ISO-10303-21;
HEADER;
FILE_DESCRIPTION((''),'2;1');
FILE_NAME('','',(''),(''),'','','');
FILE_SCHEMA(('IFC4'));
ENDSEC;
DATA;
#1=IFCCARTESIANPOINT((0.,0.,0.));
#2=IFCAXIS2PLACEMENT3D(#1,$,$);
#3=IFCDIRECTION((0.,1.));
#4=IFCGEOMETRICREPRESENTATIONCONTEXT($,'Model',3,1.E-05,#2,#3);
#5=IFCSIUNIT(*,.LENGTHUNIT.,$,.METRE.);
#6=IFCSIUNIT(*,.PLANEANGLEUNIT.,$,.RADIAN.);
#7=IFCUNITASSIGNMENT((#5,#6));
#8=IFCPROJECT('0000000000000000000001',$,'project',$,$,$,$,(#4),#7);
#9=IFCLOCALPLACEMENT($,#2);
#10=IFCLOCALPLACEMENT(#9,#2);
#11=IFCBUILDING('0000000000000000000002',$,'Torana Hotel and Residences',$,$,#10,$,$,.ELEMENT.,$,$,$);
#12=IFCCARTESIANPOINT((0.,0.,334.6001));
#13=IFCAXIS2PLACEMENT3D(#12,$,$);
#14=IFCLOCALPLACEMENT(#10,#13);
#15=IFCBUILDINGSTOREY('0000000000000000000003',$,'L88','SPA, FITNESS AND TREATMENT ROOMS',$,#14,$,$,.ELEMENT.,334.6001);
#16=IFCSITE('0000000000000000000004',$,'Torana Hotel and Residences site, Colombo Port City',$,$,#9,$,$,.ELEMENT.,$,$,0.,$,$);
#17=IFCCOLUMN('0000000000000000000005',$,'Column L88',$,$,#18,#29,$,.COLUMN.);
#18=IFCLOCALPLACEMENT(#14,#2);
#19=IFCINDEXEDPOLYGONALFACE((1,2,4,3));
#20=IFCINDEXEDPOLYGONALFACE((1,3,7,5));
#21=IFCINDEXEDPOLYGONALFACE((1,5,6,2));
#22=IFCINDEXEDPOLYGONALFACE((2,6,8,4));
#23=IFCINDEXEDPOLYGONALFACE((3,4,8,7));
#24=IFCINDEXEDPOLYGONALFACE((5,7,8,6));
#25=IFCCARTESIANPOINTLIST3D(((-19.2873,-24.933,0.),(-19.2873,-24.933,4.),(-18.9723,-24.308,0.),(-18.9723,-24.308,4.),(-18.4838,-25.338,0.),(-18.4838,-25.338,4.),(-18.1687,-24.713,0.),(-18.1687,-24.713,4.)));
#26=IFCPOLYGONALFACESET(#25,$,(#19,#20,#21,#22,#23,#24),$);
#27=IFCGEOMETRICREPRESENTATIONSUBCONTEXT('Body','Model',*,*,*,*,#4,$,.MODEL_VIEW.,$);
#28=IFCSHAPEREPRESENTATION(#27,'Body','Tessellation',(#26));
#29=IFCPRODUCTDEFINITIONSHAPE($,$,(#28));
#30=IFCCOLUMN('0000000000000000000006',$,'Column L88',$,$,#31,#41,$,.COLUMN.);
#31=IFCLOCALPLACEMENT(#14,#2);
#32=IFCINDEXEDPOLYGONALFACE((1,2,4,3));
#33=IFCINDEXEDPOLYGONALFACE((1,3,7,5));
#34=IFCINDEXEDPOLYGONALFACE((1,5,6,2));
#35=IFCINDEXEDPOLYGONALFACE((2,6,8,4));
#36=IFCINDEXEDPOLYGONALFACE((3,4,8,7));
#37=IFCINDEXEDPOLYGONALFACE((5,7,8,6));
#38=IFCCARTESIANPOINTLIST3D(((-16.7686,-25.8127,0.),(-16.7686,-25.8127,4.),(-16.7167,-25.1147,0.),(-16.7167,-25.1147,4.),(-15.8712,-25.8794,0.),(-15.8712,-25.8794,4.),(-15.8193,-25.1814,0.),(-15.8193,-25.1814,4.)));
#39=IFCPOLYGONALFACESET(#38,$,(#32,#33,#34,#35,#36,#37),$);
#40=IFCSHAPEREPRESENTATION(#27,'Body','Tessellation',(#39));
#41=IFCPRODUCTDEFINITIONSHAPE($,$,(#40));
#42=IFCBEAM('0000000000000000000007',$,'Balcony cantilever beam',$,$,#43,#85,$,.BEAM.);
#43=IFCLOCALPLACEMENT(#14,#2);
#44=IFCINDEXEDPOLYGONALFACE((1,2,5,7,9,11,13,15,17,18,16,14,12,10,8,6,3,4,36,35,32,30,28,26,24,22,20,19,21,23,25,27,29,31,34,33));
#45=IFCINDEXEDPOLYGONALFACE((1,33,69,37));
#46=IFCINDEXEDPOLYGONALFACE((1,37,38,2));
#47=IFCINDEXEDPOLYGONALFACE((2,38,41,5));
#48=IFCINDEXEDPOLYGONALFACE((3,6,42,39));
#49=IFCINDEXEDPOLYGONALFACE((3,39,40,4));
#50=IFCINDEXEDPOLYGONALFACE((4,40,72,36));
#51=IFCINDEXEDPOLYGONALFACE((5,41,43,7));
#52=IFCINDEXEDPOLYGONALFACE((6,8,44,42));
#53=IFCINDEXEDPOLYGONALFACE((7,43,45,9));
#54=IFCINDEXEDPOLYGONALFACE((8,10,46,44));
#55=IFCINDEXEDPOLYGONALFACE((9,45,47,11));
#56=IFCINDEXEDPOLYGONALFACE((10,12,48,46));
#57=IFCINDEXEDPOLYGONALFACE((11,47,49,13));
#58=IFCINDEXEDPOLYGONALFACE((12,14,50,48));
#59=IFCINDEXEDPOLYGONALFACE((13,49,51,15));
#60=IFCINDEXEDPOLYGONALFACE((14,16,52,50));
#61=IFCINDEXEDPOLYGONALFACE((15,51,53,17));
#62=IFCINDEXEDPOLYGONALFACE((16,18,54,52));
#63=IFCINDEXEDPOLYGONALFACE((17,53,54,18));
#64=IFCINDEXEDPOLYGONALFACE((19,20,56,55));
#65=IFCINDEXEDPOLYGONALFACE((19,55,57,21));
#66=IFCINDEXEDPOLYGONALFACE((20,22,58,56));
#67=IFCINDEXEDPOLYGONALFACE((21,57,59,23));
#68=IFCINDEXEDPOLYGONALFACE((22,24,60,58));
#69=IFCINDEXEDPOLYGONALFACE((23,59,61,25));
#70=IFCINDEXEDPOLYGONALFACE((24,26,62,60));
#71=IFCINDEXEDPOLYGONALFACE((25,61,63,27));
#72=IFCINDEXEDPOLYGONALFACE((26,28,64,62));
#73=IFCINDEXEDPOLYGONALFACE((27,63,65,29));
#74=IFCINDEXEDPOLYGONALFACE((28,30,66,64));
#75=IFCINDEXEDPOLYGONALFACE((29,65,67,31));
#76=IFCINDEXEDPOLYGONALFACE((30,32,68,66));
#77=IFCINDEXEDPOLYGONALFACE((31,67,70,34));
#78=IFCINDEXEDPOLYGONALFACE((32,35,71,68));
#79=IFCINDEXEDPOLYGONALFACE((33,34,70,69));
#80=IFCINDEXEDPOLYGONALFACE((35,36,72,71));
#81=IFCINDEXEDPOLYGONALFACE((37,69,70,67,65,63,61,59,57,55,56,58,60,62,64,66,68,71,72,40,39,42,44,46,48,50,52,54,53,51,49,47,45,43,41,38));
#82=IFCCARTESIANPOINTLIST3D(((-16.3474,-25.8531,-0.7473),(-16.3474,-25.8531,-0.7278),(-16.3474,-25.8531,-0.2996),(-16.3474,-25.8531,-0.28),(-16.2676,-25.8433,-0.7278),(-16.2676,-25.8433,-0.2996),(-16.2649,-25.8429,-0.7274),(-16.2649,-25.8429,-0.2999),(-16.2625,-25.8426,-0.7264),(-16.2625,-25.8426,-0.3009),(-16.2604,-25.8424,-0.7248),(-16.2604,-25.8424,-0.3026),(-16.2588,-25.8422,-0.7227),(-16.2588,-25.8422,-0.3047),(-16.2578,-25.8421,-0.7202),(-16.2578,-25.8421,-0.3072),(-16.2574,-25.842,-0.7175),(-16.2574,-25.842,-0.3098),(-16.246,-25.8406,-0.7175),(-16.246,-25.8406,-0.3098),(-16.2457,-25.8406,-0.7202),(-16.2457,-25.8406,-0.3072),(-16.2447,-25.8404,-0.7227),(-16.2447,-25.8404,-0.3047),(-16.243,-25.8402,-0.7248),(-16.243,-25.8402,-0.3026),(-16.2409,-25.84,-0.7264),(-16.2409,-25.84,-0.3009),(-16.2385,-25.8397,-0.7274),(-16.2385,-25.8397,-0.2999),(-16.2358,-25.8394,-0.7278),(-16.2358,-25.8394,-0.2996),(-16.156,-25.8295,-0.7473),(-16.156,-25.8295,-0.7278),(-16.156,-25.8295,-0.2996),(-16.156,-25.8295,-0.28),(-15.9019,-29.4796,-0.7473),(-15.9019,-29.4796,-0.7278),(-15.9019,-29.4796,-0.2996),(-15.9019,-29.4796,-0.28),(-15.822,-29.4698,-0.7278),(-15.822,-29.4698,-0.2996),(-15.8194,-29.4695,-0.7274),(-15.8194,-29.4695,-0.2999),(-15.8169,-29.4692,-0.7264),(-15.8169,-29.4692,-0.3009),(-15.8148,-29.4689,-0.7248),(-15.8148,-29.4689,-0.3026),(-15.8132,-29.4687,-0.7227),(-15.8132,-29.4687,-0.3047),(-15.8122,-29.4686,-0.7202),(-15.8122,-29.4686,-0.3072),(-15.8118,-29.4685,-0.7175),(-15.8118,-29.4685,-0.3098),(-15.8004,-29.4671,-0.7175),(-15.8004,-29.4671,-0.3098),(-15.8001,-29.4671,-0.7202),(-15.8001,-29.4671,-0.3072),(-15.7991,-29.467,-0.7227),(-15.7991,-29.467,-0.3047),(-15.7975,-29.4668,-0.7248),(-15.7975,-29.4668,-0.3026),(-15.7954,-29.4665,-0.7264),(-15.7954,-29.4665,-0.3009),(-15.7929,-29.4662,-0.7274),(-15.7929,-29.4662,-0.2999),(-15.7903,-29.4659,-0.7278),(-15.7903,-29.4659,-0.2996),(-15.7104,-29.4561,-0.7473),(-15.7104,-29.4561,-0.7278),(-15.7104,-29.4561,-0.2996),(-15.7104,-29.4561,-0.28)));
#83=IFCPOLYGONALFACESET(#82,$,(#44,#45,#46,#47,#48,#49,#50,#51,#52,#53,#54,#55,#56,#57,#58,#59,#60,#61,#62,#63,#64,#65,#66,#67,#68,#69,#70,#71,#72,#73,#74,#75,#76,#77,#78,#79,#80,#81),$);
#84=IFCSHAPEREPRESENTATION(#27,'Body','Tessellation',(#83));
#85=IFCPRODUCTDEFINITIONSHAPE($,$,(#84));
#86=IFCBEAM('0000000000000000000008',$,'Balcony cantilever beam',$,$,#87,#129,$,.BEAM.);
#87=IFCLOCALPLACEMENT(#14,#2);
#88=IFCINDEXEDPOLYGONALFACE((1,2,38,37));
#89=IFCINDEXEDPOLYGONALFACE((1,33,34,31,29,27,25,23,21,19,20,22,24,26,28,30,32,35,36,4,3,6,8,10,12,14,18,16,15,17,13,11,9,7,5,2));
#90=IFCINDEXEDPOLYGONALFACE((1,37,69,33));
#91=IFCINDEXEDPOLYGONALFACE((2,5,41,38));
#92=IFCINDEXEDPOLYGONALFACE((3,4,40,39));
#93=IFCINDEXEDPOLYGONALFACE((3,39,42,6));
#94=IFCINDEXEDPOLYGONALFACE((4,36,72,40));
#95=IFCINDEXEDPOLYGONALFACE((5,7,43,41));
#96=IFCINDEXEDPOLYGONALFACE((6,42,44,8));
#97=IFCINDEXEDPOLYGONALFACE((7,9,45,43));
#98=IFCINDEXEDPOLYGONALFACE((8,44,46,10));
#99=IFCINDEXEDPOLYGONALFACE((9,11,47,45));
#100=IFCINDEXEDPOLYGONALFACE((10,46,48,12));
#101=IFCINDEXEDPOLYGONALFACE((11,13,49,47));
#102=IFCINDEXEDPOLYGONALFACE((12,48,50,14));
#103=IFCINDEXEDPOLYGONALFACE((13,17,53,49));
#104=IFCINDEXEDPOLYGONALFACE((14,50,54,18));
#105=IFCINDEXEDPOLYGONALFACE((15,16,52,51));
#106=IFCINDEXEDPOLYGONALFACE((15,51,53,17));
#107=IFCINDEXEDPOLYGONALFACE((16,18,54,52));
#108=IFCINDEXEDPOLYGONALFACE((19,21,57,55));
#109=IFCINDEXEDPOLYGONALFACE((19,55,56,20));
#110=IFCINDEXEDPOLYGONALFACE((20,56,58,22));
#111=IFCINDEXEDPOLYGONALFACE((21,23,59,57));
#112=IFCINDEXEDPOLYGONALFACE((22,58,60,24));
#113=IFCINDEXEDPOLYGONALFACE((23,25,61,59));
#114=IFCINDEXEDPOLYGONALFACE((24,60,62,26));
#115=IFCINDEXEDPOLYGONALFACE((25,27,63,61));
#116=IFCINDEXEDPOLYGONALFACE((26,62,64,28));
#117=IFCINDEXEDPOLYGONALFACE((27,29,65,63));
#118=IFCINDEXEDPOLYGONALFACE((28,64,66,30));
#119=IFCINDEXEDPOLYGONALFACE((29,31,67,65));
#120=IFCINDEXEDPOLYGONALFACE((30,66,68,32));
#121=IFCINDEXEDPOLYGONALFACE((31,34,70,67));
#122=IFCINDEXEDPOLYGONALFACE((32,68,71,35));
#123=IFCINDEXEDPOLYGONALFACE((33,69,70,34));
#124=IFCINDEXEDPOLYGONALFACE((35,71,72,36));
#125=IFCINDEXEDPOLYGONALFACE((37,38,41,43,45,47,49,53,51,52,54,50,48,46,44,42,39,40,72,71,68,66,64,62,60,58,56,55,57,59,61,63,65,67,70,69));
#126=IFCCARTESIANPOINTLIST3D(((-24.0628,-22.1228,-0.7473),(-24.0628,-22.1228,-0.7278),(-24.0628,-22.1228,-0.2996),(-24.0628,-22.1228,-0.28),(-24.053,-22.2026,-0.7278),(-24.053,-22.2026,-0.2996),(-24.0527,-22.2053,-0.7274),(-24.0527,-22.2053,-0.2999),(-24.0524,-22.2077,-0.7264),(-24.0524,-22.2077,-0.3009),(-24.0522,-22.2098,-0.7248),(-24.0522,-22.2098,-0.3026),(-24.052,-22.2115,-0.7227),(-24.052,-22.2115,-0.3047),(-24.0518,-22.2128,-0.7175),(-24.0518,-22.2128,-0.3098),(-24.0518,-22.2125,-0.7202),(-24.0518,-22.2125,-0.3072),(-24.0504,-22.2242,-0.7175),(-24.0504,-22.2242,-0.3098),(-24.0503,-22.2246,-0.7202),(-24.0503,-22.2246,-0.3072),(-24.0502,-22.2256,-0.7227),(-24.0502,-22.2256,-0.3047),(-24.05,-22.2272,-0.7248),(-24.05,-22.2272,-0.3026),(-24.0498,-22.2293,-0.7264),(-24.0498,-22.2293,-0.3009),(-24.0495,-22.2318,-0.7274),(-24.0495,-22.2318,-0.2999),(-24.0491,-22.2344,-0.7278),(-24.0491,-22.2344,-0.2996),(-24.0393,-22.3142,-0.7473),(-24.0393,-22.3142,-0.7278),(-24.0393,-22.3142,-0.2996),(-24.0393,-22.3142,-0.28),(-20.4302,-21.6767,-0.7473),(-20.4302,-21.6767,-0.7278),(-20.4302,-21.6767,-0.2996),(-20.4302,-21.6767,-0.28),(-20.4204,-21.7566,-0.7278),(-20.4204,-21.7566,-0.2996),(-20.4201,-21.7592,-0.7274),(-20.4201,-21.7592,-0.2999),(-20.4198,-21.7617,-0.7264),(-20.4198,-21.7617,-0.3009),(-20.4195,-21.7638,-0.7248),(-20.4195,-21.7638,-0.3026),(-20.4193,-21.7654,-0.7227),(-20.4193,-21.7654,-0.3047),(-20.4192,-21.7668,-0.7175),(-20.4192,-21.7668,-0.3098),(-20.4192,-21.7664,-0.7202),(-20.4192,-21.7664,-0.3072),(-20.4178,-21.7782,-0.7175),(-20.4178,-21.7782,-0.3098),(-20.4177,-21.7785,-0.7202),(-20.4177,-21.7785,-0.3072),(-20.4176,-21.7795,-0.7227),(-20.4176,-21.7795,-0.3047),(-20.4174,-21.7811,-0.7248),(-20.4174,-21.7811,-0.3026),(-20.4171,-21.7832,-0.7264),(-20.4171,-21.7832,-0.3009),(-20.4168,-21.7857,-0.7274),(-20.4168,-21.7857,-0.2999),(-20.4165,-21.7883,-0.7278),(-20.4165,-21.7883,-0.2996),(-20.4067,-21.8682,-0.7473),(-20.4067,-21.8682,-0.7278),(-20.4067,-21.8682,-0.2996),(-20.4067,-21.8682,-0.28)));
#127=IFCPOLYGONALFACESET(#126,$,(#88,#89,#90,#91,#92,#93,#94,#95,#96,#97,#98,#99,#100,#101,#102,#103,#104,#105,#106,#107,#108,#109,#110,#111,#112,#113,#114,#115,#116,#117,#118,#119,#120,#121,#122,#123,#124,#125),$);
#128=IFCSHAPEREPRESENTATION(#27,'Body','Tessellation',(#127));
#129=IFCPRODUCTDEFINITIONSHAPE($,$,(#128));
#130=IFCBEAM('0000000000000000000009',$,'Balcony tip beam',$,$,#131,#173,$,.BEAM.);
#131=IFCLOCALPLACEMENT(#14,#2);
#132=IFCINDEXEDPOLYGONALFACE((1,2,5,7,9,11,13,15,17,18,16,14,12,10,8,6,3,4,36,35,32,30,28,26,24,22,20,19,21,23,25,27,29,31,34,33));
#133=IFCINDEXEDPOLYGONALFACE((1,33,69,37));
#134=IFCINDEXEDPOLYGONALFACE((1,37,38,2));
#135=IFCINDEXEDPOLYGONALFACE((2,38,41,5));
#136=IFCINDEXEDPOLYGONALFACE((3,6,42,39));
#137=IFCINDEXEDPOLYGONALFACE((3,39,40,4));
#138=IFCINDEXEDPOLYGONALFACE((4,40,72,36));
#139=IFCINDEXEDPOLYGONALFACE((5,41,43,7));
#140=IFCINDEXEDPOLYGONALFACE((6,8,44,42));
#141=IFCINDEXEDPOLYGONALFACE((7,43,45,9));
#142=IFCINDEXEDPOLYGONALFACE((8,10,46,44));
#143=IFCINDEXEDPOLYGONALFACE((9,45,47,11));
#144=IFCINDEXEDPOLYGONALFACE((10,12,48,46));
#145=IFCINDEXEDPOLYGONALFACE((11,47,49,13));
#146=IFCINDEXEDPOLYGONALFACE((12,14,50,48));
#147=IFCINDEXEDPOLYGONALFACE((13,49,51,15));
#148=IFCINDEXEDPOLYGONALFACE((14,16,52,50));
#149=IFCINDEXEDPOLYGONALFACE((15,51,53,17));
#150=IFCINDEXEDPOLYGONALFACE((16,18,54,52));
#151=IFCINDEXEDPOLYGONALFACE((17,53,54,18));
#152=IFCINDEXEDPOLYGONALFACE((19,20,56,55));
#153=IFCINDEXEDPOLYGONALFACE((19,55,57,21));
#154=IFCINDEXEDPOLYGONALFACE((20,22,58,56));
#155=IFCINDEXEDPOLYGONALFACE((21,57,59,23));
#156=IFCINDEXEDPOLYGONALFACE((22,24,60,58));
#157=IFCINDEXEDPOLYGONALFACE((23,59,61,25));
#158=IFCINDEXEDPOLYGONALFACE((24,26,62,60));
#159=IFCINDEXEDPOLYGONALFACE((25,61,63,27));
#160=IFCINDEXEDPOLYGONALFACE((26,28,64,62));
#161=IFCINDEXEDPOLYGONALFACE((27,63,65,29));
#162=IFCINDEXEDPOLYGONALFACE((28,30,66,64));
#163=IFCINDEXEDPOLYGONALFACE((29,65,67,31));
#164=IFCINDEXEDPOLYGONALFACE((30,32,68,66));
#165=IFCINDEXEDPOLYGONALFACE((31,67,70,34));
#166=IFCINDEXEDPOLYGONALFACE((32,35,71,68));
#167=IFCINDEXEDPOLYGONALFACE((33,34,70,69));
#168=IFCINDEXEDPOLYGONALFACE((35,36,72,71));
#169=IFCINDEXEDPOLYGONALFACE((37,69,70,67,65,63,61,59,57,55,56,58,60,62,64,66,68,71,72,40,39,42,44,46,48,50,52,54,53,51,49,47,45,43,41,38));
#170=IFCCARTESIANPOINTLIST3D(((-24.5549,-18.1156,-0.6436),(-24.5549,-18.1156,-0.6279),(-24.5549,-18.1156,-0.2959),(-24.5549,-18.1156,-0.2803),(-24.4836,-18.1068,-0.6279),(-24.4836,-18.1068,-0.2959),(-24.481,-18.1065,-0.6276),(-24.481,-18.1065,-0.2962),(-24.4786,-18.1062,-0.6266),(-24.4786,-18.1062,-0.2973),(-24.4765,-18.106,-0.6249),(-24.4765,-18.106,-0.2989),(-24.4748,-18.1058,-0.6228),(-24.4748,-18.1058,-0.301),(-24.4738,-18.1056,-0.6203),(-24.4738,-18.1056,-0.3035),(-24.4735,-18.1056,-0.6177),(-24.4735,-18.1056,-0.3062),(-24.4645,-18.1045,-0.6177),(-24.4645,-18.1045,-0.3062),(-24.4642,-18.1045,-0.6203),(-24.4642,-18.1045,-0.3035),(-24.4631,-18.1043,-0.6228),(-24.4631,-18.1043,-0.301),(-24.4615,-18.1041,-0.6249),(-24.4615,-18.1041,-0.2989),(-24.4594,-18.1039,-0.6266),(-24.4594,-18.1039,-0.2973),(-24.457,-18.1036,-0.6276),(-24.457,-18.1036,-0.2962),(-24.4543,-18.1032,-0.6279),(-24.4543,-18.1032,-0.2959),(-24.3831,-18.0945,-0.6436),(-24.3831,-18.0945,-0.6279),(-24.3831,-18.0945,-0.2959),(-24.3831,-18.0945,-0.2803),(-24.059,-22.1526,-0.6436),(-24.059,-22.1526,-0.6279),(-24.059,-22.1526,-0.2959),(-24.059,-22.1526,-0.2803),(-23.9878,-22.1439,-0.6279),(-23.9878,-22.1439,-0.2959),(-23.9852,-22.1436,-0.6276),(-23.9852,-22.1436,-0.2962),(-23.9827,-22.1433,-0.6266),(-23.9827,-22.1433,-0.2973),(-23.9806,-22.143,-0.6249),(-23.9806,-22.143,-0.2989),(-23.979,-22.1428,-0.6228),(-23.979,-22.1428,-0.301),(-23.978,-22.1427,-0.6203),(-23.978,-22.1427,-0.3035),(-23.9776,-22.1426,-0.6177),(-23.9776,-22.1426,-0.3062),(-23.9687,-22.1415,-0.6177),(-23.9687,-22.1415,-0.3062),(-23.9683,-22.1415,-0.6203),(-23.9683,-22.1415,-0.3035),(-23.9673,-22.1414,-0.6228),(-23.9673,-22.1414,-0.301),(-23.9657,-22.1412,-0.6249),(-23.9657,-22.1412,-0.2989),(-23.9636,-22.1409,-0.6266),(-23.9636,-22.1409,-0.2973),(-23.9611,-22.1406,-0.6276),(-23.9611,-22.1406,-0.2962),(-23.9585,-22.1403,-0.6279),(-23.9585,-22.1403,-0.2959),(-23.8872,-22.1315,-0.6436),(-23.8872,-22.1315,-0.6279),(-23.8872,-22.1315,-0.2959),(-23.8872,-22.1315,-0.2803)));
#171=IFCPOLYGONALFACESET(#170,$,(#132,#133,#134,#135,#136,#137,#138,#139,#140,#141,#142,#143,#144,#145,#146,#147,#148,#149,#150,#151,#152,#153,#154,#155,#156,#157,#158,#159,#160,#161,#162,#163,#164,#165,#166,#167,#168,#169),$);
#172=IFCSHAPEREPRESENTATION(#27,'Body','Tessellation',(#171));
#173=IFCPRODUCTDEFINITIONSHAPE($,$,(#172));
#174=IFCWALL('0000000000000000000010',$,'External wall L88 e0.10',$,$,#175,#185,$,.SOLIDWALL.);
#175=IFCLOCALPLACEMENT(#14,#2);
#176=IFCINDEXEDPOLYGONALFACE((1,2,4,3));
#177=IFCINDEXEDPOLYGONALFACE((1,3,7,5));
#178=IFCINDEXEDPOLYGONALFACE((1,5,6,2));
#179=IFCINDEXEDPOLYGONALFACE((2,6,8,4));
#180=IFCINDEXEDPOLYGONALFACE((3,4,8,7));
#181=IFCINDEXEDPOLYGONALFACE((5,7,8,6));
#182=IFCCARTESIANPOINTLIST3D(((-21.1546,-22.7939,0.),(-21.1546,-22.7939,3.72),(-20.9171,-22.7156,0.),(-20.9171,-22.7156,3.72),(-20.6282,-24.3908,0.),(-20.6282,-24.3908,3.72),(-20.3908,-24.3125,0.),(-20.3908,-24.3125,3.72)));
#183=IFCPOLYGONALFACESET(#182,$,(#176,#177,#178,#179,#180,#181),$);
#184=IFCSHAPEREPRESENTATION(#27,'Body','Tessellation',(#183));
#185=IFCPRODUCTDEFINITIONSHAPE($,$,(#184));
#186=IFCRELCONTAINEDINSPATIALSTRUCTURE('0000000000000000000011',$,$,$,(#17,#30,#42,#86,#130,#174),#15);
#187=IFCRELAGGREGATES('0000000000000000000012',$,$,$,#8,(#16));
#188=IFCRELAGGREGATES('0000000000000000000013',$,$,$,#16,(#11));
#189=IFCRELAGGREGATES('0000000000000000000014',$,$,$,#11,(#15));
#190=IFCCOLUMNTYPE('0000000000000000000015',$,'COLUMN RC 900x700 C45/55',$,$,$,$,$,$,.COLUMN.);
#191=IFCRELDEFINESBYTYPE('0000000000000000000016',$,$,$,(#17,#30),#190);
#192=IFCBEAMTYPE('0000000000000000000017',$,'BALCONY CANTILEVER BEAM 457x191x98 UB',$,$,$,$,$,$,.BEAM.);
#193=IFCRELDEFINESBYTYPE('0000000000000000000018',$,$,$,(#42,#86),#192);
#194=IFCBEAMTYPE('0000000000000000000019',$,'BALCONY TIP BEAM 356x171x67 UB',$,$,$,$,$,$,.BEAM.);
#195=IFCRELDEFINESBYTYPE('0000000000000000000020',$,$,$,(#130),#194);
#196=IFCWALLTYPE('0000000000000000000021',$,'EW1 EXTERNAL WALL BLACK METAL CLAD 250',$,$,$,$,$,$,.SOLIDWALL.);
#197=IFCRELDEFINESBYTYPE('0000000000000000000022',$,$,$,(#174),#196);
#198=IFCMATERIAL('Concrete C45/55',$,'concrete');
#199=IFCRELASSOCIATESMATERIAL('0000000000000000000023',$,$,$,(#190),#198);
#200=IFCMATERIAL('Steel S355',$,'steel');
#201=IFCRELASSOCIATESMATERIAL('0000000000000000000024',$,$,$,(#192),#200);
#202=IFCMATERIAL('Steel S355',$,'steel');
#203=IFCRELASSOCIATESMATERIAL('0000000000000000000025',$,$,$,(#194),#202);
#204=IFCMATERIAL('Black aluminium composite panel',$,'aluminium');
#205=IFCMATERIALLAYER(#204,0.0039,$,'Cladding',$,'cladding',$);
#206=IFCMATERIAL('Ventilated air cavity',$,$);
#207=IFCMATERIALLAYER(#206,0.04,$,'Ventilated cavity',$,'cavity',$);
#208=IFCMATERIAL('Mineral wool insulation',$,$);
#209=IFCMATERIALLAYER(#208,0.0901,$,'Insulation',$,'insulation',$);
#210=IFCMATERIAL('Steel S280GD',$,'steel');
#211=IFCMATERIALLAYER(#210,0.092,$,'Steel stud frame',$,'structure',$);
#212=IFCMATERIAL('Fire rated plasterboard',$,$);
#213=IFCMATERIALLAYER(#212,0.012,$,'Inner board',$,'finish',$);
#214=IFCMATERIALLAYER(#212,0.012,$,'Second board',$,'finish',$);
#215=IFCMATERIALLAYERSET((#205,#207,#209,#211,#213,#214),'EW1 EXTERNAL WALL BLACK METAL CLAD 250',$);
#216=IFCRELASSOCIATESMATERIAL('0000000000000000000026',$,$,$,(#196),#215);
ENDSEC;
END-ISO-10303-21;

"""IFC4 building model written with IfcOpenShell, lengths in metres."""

from ifc_helpers import new_model, si_unit, direction, frame, frame_2d, origin, origin_2d, place, context, subcontext, project, spatial, rectangle, i_section, extrude, material, layer, layer_set, material_profile, profile_set, type_object, element, save


model = new_model("IFC4")

# Units and contexts
model_context = context("Model", 3, precision=1e-05, world=origin(), true_north=direction((0.0, 1.0)))
body_context = subcontext(model_context, "Body", "Model", "MODEL_VIEW")
ifc_project = project(units=[si_unit("LENGTHUNIT", "METRE"), si_unit("PLANEANGLEUNIT", "RADIAN")], contexts=[model_context])

# Site, building, storey
site_placement = place(None, origin())
site = spatial("IfcSite", under=ifc_project, at=site_placement, Name="Torana Hotel and Residences site, Colombo Port City", CompositionType="ELEMENT", RefElevation=0.0)
building_placement = place(site_placement, origin())
building = spatial("IfcBuilding", under=site, at=building_placement, Name="Torana Hotel and Residences", CompositionType="ELEMENT")
storey_placement = place(building_placement, frame((0.0, 0.0, 334.6001)))
storey = spatial("IfcBuildingStorey", under=building, at=storey_placement, Name="L88", Description="SPA, FITNESS AND TREATMENT ROOMS", CompositionType="ELEMENT", Elevation=334.6001)

# Columns
ifc_material_1 = material(Name="Concrete C45/55", Category="concrete")
ifc_material_profile_1 = material_profile(ifc_material_1, rectangle(XDim=0.8999, YDim=0.7, at=origin_2d()), Name="RC 900x700")
ifc_profile_set_1 = profile_set([ifc_material_profile_1], Name="Concrete C45/55")
column_type = type_object("IfcColumnType", Name="COLUMN RC 900x700 C45/55", PredefinedType="COLUMN", material=ifc_profile_set_1)
for number, where, z_axis, x_axis, name in (
    (1, (-18.728, -24.823, 0.0), (0.0, 0.0, 1.0), (-0.892979, 0.450098, 0.0), "Column L88"),
    (2, (-16.2939, -25.4971, 0.0), (0.0, 0.0, 1.0), (-0.997251, 0.074091, 0.0), "Column L88"),
):
    element("IfcColumn", number, at=place(storey_placement, frame(where, z_axis=z_axis, x_axis=x_axis)), inside=storey, type_object=column_type, Name=name, PredefinedType="COLUMN", context=body_context, shape_type="SweptSolid", body=[
        extrude(rectangle(XDim=0.8999, YDim=0.7, at=origin_2d()), origin(), (0.0, 0.0, 1.0), 4.0),
    ])

# Beams
ifc_material_2 = material(Name="Steel S355", Category="steel")
ifc_material_profile_2 = material_profile(ifc_material_2, i_section(OverallWidth=0.1929, OverallDepth=0.4673, WebThickness=0.0115, FlangeThickness=0.0195, FilletRadius=0.0103, at=origin_2d()), Name="457x191x98 UB")
ifc_profile_set_2 = profile_set([ifc_material_profile_2], Name="Steel S355")
beam_type_1 = type_object("IfcBeamType", Name="BALCONY CANTILEVER BEAM 457x191x98 UB", PredefinedType="BEAM", material=ifc_profile_set_2)
beam_1_placement = place(storey_placement, frame((-16.2517, -25.8413, -0.5137), z_axis=(0.121946, -0.992537, 0.0), x_axis=(0.992537, 0.121946, 0.0)))
element("IfcBeam", 3, at=beam_1_placement, inside=storey, type_object=beam_type_1, Name="Balcony cantilever beam", PredefinedType="BEAM", context=body_context, shape_type="SweptSolid", body=[
    extrude(i_section(OverallWidth=0.1929, OverallDepth=0.4673, WebThickness=0.0115, FlangeThickness=0.0195, FilletRadius=0.0103, at=origin_2d()), origin(), (0.0, 0.0, 1.0), 3.6538),
])
beam_2_placement = place(storey_placement, frame((-20.4185, -21.7725, -0.5137), z_axis=(-0.992545, -0.121875, 0.0), x_axis=(0.121875, -0.992545, 0.0)))
element("IfcBeam", 4, at=beam_2_placement, inside=storey, type_object=beam_type_1, Name="Balcony cantilever beam", PredefinedType="BEAM", context=body_context, shape_type="SweptSolid", body=[
    extrude(i_section(OverallWidth=0.1929, OverallDepth=0.4673, WebThickness=0.0115, FlangeThickness=0.0195, FilletRadius=0.0103, at=origin_2d()), origin(), (0.0, 0.0, 1.0), 3.6599),
])
ifc_material_3 = material(Name="Steel S355", Category="steel")
ifc_material_profile_3 = material_profile(ifc_material_3, i_section(OverallWidth=0.1731, OverallDepth=0.3633, WebThickness=0.009, FlangeThickness=0.0156, FilletRadius=0.0103, at=origin_2d()), Name="356x171x67 UB")
ifc_profile_set_3 = profile_set([ifc_material_profile_3], Name="Steel S355")
beam_type_2 = type_object("IfcBeamType", Name="BALCONY TIP BEAM 356x171x67 UB", PredefinedType="BEAM", material=ifc_profile_set_3)
beam_3_placement = place(storey_placement, frame((-23.9731, -22.1421, -0.4619), z_axis=(-0.121907, 0.992542, 0.0), x_axis=(-0.992542, -0.121907, 0.0)))
element("IfcBeam", 5, at=beam_3_placement, inside=storey, type_object=beam_type_2, Name="Balcony tip beam", PredefinedType="BEAM", context=body_context, shape_type="SweptSolid", body=[
    extrude(i_section(OverallWidth=0.1731, OverallDepth=0.3633, WebThickness=0.009, FlangeThickness=0.0156, FilletRadius=0.0103, at=origin_2d()), origin(), (0.0, 0.0, 1.0), 4.0674),
])

# Wall
ifc_material_4 = material(Name="Black aluminium composite panel", Category="aluminium")
ifc_layer_1 = layer(ifc_material_4, 0.0039, Name="Cladding", Category="cladding")
ifc_material_5 = material(Name="Ventilated air cavity")
ifc_layer_2 = layer(ifc_material_5, 0.04, Name="Ventilated cavity", Category="cavity")
ifc_material_6 = material(Name="Mineral wool insulation")
ifc_layer_3 = layer(ifc_material_6, 0.0901, Name="Insulation", Category="insulation")
ifc_material_7 = material(Name="Steel S280GD", Category="steel")
ifc_layer_4 = layer(ifc_material_7, 0.092, Name="Steel stud frame", Category="structure")
ifc_material_8 = material(Name="Fire rated plasterboard")
ifc_layer_5 = layer(ifc_material_8, 0.012, Name="Inner board", Category="finish")
ifc_layer_6 = layer(ifc_material_8, 0.012, Name="Second board", Category="finish")
ifc_layer_set_1 = layer_set([ifc_layer_1, ifc_layer_2, ifc_layer_3, ifc_layer_4, ifc_layer_5, ifc_layer_6], Name="EW1 EXTERNAL WALL BLACK METAL CLAD 250")
wall_type_1 = type_object("IfcWallType", Name="EW1 EXTERNAL WALL BLACK METAL CLAD 250", PredefinedType="SOLIDWALL", material=ifc_layer_set_1)
wall_1_placement = place(storey_placement, frame((-21.0359, -22.7546, 0.0), z_axis=(0.0, 0.0, 1.0), x_axis=(0.313046, -0.949738, 0.0)))
element("IfcWall", 6, at=wall_1_placement, inside=storey, type_object=wall_type_1, Name="External wall L88 e0.10", PredefinedType="SOLIDWALL", context=body_context, shape_type="SweptSolid", body=[
    extrude(rectangle(XDim=1.6814, YDim=0.25, at=frame_2d((0.8408, 0.0))), origin(), (0.0, 0.0, 1.0), 3.72),
])

save(model, "model.ifc")
